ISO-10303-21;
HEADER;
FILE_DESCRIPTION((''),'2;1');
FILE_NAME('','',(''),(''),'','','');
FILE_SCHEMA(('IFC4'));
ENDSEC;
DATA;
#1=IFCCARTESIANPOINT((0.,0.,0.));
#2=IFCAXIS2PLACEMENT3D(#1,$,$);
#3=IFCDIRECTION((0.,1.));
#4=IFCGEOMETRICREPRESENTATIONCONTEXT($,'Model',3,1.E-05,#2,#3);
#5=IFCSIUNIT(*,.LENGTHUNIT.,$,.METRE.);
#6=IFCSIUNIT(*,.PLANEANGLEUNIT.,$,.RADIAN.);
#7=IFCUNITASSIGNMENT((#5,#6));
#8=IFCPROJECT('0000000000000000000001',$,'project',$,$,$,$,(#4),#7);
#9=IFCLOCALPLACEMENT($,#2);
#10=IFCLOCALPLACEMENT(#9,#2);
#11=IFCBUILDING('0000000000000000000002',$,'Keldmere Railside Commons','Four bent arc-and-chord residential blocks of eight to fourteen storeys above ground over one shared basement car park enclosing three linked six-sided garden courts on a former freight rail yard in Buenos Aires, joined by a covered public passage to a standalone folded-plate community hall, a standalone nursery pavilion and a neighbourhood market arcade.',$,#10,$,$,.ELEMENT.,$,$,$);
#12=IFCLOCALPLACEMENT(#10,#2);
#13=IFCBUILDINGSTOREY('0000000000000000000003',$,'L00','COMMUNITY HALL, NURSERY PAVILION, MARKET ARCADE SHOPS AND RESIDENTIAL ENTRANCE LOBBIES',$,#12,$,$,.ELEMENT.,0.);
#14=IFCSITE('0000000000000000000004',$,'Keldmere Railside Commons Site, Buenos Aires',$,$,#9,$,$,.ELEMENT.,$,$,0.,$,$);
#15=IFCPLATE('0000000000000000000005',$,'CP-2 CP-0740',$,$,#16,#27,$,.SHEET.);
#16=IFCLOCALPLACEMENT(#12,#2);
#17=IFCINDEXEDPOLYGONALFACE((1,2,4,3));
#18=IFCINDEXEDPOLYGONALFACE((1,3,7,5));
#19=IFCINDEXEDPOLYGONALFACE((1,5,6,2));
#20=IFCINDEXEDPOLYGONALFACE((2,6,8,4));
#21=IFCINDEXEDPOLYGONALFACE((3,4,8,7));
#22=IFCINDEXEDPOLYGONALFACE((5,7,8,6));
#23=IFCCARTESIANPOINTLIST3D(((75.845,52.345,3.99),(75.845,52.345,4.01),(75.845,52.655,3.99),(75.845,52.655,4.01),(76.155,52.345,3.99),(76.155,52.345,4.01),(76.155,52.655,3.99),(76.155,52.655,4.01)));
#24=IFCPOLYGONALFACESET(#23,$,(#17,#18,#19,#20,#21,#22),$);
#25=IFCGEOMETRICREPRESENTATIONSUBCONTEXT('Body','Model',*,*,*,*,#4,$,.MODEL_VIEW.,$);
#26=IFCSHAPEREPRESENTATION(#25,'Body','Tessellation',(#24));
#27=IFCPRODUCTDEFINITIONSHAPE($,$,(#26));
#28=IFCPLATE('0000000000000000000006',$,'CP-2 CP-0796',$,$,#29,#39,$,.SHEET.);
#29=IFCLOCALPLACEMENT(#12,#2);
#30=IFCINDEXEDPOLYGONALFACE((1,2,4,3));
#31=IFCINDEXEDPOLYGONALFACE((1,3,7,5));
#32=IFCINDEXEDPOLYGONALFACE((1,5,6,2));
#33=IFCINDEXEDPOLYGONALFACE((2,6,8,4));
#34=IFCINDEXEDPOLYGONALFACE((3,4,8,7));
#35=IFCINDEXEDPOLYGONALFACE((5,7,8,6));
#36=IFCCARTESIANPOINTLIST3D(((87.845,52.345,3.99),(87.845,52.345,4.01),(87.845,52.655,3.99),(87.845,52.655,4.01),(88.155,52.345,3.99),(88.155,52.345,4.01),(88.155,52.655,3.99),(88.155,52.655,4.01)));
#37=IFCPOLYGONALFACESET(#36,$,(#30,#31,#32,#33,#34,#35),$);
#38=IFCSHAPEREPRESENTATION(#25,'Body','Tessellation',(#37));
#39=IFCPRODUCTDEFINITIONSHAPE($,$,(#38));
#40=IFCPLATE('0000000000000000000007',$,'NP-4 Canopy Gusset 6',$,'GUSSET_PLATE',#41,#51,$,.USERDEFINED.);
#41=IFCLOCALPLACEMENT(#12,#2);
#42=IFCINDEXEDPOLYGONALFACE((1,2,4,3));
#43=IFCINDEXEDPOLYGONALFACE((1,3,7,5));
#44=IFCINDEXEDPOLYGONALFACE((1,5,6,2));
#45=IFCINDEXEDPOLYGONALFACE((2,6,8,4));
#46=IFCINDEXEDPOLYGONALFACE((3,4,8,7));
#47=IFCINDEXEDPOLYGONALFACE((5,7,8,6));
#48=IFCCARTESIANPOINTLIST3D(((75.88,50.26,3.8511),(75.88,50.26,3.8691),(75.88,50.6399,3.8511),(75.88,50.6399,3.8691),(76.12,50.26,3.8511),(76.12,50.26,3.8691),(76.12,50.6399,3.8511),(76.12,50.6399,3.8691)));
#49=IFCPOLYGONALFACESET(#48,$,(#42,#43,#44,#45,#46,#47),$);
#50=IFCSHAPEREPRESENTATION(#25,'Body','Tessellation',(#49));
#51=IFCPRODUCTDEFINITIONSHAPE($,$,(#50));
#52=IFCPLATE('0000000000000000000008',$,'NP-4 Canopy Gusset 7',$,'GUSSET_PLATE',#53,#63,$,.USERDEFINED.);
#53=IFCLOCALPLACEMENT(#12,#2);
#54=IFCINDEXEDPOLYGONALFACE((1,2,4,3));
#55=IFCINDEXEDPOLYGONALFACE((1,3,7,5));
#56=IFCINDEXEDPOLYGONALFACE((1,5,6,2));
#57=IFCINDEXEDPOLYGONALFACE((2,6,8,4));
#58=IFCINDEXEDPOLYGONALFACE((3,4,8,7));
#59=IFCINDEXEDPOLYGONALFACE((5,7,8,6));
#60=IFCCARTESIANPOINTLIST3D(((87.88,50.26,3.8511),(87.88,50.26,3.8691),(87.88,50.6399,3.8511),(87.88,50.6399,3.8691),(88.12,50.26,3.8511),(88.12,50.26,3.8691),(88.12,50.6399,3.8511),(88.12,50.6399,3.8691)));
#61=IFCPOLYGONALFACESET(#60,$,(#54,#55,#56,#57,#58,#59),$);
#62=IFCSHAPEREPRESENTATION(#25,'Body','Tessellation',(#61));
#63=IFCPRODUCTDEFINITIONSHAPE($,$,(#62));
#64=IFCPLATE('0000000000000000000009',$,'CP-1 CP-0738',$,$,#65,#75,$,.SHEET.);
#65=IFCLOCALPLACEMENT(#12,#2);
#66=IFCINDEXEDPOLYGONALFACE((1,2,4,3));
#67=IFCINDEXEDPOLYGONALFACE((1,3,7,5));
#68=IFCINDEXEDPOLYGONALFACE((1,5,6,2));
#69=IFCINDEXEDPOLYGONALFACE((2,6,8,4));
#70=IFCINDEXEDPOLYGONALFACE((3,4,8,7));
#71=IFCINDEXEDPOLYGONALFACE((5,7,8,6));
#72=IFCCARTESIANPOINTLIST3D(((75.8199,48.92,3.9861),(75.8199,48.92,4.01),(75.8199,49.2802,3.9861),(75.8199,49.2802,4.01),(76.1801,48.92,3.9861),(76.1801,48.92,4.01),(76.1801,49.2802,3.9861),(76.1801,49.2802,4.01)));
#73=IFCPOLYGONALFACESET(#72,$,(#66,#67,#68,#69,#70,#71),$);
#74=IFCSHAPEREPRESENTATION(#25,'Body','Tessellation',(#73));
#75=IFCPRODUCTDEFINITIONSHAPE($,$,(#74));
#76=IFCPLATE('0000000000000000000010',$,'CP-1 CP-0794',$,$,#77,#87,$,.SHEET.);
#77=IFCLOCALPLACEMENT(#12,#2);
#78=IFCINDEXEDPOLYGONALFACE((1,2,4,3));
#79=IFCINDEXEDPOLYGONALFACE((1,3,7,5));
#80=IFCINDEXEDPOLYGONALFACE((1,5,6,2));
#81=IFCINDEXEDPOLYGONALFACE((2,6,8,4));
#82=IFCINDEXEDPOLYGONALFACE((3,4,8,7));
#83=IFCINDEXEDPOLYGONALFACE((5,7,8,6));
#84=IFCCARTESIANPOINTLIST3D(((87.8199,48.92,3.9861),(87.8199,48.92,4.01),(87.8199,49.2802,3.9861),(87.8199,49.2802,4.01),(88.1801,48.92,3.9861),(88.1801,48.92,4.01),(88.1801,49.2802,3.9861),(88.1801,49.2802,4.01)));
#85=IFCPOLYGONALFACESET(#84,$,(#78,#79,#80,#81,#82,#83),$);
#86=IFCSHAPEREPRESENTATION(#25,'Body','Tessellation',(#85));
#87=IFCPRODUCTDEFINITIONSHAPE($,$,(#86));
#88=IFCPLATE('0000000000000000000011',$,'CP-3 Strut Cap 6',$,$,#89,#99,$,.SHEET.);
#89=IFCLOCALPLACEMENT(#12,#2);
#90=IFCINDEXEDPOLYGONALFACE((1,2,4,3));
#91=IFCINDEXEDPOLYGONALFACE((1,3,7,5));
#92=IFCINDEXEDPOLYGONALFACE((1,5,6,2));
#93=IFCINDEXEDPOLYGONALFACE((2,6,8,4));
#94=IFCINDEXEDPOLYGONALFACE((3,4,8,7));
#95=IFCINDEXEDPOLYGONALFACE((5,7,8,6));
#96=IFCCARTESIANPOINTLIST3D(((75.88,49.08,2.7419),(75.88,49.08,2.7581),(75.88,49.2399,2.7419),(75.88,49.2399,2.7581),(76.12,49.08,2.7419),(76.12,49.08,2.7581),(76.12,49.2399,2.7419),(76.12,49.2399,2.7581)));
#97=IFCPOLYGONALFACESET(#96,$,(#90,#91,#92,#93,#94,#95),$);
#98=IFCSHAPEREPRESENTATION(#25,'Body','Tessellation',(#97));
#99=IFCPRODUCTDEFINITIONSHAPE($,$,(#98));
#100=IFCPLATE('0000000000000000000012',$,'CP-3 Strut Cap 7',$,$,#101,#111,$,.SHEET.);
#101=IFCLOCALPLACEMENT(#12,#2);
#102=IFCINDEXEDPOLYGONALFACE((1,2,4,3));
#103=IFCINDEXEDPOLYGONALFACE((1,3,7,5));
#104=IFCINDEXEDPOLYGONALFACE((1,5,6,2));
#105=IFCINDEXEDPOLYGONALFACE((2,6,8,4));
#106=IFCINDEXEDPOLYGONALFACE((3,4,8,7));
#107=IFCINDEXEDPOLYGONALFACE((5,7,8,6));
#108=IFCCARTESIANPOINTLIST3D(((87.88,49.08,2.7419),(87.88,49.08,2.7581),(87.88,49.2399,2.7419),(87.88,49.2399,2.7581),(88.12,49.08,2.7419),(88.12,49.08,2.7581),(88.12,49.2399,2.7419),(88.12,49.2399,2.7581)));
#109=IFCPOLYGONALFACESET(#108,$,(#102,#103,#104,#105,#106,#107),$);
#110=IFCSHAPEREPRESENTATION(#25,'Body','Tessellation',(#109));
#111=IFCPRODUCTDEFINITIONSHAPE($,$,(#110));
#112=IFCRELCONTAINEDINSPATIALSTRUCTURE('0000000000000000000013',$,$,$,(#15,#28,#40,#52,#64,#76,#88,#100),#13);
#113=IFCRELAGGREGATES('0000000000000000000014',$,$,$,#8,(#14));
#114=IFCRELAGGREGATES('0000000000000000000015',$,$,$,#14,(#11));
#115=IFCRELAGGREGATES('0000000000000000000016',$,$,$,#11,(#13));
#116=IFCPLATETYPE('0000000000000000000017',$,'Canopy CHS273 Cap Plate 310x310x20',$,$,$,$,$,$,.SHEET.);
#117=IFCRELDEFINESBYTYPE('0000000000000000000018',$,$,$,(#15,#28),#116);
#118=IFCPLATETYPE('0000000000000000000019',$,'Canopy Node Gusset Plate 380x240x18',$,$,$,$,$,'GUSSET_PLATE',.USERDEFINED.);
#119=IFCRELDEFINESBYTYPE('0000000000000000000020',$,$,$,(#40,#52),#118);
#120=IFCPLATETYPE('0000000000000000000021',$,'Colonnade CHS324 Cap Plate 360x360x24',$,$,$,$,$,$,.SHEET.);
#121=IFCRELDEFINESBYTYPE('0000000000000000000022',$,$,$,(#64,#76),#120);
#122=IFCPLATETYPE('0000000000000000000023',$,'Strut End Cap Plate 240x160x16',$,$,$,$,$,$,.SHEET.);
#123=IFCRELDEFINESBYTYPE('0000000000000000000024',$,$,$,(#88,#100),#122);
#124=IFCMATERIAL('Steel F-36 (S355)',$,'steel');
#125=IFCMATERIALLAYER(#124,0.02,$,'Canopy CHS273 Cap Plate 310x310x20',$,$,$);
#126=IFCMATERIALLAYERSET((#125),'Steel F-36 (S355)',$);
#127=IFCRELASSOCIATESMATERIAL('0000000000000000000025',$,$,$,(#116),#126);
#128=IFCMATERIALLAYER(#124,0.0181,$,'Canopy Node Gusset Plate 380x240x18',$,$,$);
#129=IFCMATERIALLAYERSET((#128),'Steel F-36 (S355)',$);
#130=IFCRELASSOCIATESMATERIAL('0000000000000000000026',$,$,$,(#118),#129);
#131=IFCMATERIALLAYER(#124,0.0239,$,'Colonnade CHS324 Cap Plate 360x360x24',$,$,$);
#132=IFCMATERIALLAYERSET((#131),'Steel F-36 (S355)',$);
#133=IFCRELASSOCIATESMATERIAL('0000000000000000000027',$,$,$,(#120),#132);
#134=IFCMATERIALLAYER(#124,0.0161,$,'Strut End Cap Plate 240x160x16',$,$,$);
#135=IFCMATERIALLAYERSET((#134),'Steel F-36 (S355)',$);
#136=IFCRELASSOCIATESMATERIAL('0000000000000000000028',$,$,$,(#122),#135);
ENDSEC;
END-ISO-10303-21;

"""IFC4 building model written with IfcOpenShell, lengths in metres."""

from ifc_helpers import new_model, si_unit, direction, frame, origin, origin_2d, place, context, subcontext, project, spatial, rectangle, extrude, material, layer, layer_set, type_object, element, save


model = new_model("IFC4")

# Units and contexts
model_context = context("Model", 3, precision=1e-05, world=origin(), true_north=direction((0.0, 1.0)))
body_context = subcontext(model_context, "Body", "Model", "MODEL_VIEW")
ifc_project = project(units=[si_unit("LENGTHUNIT", "METRE"), si_unit("PLANEANGLEUNIT", "RADIAN")], contexts=[model_context])

# Site, building, storey
site_placement = place(None, origin())
site = spatial("IfcSite", under=ifc_project, at=site_placement, Name="Keldmere Railside Commons Site, Buenos Aires", CompositionType="ELEMENT", RefElevation=0.0)
building_placement = place(site_placement, origin())
building = spatial("IfcBuilding", under=site, at=building_placement, Name="Keldmere Railside Commons", Description="Four bent arc-and-chord residential blocks of eight to fourteen storeys above ground over one shared basement car park enclosing three linked six-sided garden courts on a former freight rail yard in Buenos Aires, joined by a covered public passage to a standalone folded-plate community hall, a standalone nursery pavilion and a neighbourhood market arcade.", CompositionType="ELEMENT")
storey_placement = place(building_placement, origin())
storey = spatial("IfcBuildingStorey", under=building, at=storey_placement, Name="L00", Description="COMMUNITY HALL, NURSERY PAVILION, MARKET ARCADE SHOPS AND RESIDENTIAL ENTRANCE LOBBIES", CompositionType="ELEMENT", Elevation=0.0)

# Shared definitions
ifc_material_1 = material(Name="Steel F-36 (S355)", Category="steel")

# Plates
ifc_layer_1 = layer(ifc_material_1, 0.02, Name="Canopy CHS273 Cap Plate 310x310x20")
ifc_layer_set_1 = layer_set([ifc_layer_1], Name="Steel F-36 (S355)")
plate_type_1 = type_object("IfcPlateType", Name="Canopy CHS273 Cap Plate 310x310x20", PredefinedType="SHEET", material=ifc_layer_set_1)
for number, where, z_axis, x_axis, name in (
    (1, (76.0, 52.5, 3.99), (0.0, 0.0, 1.0), (1.0, 0.0, 0.0), "CP-2 CP-0740"),
    (2, (88.0, 52.5, 3.99), (0.0, 0.0, 1.0), (1.0, 0.0, 0.0), "CP-2 CP-0796"),
):
    element("IfcPlate", number, at=place(storey_placement, frame(where, z_axis=z_axis, x_axis=x_axis)), inside=storey, type_object=plate_type_1, Name=name, PredefinedType="SHEET", context=body_context, shape_type="SweptSolid", body=[
        extrude(rectangle(XDim=0.3101, YDim=0.3101, at=origin_2d()), origin(), (0.0, 0.0, 1.0), 0.02),
    ])
ifc_layer_2 = layer(ifc_material_1, 0.0181, Name="Canopy Node Gusset Plate 380x240x18")
ifc_layer_set_2 = layer_set([ifc_layer_2], Name="Steel F-36 (S355)")
plate_type_2 = type_object("IfcPlateType", Name="Canopy Node Gusset Plate 380x240x18", ElementType="GUSSET_PLATE", PredefinedType="USERDEFINED", material=ifc_layer_set_2)
for number, where, z_axis, x_axis, name in (
    (3, (76.0, 50.45, 3.8511), (0.0, 0.0, 1.0), (0.0, 1.0, 0.0), "NP-4 Canopy Gusset 6"),
    (4, (88.0, 50.45, 3.8511), (0.0, 0.0, 1.0), (0.0, 1.0, 0.0), "NP-4 Canopy Gusset 7"),
):
    element("IfcPlate", number, at=place(storey_placement, frame(where, z_axis=z_axis, x_axis=x_axis)), inside=storey, type_object=plate_type_2, Name=name, ObjectType="GUSSET_PLATE", PredefinedType="USERDEFINED", context=body_context, shape_type="SweptSolid", body=[
        extrude(rectangle(XDim=0.3799, YDim=0.24, at=origin_2d()), origin(), (0.0, 0.0, 1.0), 0.0181),
    ])
ifc_layer_3 = layer(ifc_material_1, 0.0239, Name="Colonnade CHS324 Cap Plate 360x360x24")
ifc_layer_set_3 = layer_set([ifc_layer_3], Name="Steel F-36 (S355)")
plate_type_3 = type_object("IfcPlateType", Name="Colonnade CHS324 Cap Plate 360x360x24", PredefinedType="SHEET", material=ifc_layer_set_3)
for number, where, z_axis, x_axis, name in (
    (5, (76.0, 49.1001, 3.9861), (0.0, 0.0, 1.0), (1.0, 0.0, 0.0), "CP-1 CP-0738"),
    (6, (88.0, 49.1001, 3.9861), (0.0, 0.0, 1.0), (1.0, 0.0, 0.0), "CP-1 CP-0794"),
):
    element("IfcPlate", number, at=place(storey_placement, frame(where, z_axis=z_axis, x_axis=x_axis)), inside=storey, type_object=plate_type_3, Name=name, PredefinedType="SHEET", context=body_context, shape_type="SweptSolid", body=[
        extrude(rectangle(XDim=0.3601, YDim=0.3601, at=origin_2d()), origin(), (0.0, 0.0, 1.0), 0.0239),
    ])
ifc_layer_4 = layer(ifc_material_1, 0.0161, Name="Strut End Cap Plate 240x160x16")
ifc_layer_set_4 = layer_set([ifc_layer_4], Name="Steel F-36 (S355)")
plate_type_4 = type_object("IfcPlateType", Name="Strut End Cap Plate 240x160x16", PredefinedType="SHEET", material=ifc_layer_set_4)
for number, where, z_axis, x_axis, name in (
    (7, (76.0, 49.1599, 2.7419), (0.0, 0.0, 1.0), (1.0, 0.0, 0.0), "CP-3 Strut Cap 6"),
    (8, (88.0, 49.1599, 2.7419), (0.0, 0.0, 1.0), (1.0, 0.0, 0.0), "CP-3 Strut Cap 7"),
):
    element("IfcPlate", number, at=place(storey_placement, frame(where, z_axis=z_axis, x_axis=x_axis)), inside=storey, type_object=plate_type_4, Name=name, PredefinedType="SHEET", context=body_context, shape_type="SweptSolid", body=[
        extrude(rectangle(XDim=0.24, YDim=0.1599, at=origin_2d()), origin(), (0.0, 0.0, 1.0), 0.0161),
    ])

save(model, "model.ifc")
